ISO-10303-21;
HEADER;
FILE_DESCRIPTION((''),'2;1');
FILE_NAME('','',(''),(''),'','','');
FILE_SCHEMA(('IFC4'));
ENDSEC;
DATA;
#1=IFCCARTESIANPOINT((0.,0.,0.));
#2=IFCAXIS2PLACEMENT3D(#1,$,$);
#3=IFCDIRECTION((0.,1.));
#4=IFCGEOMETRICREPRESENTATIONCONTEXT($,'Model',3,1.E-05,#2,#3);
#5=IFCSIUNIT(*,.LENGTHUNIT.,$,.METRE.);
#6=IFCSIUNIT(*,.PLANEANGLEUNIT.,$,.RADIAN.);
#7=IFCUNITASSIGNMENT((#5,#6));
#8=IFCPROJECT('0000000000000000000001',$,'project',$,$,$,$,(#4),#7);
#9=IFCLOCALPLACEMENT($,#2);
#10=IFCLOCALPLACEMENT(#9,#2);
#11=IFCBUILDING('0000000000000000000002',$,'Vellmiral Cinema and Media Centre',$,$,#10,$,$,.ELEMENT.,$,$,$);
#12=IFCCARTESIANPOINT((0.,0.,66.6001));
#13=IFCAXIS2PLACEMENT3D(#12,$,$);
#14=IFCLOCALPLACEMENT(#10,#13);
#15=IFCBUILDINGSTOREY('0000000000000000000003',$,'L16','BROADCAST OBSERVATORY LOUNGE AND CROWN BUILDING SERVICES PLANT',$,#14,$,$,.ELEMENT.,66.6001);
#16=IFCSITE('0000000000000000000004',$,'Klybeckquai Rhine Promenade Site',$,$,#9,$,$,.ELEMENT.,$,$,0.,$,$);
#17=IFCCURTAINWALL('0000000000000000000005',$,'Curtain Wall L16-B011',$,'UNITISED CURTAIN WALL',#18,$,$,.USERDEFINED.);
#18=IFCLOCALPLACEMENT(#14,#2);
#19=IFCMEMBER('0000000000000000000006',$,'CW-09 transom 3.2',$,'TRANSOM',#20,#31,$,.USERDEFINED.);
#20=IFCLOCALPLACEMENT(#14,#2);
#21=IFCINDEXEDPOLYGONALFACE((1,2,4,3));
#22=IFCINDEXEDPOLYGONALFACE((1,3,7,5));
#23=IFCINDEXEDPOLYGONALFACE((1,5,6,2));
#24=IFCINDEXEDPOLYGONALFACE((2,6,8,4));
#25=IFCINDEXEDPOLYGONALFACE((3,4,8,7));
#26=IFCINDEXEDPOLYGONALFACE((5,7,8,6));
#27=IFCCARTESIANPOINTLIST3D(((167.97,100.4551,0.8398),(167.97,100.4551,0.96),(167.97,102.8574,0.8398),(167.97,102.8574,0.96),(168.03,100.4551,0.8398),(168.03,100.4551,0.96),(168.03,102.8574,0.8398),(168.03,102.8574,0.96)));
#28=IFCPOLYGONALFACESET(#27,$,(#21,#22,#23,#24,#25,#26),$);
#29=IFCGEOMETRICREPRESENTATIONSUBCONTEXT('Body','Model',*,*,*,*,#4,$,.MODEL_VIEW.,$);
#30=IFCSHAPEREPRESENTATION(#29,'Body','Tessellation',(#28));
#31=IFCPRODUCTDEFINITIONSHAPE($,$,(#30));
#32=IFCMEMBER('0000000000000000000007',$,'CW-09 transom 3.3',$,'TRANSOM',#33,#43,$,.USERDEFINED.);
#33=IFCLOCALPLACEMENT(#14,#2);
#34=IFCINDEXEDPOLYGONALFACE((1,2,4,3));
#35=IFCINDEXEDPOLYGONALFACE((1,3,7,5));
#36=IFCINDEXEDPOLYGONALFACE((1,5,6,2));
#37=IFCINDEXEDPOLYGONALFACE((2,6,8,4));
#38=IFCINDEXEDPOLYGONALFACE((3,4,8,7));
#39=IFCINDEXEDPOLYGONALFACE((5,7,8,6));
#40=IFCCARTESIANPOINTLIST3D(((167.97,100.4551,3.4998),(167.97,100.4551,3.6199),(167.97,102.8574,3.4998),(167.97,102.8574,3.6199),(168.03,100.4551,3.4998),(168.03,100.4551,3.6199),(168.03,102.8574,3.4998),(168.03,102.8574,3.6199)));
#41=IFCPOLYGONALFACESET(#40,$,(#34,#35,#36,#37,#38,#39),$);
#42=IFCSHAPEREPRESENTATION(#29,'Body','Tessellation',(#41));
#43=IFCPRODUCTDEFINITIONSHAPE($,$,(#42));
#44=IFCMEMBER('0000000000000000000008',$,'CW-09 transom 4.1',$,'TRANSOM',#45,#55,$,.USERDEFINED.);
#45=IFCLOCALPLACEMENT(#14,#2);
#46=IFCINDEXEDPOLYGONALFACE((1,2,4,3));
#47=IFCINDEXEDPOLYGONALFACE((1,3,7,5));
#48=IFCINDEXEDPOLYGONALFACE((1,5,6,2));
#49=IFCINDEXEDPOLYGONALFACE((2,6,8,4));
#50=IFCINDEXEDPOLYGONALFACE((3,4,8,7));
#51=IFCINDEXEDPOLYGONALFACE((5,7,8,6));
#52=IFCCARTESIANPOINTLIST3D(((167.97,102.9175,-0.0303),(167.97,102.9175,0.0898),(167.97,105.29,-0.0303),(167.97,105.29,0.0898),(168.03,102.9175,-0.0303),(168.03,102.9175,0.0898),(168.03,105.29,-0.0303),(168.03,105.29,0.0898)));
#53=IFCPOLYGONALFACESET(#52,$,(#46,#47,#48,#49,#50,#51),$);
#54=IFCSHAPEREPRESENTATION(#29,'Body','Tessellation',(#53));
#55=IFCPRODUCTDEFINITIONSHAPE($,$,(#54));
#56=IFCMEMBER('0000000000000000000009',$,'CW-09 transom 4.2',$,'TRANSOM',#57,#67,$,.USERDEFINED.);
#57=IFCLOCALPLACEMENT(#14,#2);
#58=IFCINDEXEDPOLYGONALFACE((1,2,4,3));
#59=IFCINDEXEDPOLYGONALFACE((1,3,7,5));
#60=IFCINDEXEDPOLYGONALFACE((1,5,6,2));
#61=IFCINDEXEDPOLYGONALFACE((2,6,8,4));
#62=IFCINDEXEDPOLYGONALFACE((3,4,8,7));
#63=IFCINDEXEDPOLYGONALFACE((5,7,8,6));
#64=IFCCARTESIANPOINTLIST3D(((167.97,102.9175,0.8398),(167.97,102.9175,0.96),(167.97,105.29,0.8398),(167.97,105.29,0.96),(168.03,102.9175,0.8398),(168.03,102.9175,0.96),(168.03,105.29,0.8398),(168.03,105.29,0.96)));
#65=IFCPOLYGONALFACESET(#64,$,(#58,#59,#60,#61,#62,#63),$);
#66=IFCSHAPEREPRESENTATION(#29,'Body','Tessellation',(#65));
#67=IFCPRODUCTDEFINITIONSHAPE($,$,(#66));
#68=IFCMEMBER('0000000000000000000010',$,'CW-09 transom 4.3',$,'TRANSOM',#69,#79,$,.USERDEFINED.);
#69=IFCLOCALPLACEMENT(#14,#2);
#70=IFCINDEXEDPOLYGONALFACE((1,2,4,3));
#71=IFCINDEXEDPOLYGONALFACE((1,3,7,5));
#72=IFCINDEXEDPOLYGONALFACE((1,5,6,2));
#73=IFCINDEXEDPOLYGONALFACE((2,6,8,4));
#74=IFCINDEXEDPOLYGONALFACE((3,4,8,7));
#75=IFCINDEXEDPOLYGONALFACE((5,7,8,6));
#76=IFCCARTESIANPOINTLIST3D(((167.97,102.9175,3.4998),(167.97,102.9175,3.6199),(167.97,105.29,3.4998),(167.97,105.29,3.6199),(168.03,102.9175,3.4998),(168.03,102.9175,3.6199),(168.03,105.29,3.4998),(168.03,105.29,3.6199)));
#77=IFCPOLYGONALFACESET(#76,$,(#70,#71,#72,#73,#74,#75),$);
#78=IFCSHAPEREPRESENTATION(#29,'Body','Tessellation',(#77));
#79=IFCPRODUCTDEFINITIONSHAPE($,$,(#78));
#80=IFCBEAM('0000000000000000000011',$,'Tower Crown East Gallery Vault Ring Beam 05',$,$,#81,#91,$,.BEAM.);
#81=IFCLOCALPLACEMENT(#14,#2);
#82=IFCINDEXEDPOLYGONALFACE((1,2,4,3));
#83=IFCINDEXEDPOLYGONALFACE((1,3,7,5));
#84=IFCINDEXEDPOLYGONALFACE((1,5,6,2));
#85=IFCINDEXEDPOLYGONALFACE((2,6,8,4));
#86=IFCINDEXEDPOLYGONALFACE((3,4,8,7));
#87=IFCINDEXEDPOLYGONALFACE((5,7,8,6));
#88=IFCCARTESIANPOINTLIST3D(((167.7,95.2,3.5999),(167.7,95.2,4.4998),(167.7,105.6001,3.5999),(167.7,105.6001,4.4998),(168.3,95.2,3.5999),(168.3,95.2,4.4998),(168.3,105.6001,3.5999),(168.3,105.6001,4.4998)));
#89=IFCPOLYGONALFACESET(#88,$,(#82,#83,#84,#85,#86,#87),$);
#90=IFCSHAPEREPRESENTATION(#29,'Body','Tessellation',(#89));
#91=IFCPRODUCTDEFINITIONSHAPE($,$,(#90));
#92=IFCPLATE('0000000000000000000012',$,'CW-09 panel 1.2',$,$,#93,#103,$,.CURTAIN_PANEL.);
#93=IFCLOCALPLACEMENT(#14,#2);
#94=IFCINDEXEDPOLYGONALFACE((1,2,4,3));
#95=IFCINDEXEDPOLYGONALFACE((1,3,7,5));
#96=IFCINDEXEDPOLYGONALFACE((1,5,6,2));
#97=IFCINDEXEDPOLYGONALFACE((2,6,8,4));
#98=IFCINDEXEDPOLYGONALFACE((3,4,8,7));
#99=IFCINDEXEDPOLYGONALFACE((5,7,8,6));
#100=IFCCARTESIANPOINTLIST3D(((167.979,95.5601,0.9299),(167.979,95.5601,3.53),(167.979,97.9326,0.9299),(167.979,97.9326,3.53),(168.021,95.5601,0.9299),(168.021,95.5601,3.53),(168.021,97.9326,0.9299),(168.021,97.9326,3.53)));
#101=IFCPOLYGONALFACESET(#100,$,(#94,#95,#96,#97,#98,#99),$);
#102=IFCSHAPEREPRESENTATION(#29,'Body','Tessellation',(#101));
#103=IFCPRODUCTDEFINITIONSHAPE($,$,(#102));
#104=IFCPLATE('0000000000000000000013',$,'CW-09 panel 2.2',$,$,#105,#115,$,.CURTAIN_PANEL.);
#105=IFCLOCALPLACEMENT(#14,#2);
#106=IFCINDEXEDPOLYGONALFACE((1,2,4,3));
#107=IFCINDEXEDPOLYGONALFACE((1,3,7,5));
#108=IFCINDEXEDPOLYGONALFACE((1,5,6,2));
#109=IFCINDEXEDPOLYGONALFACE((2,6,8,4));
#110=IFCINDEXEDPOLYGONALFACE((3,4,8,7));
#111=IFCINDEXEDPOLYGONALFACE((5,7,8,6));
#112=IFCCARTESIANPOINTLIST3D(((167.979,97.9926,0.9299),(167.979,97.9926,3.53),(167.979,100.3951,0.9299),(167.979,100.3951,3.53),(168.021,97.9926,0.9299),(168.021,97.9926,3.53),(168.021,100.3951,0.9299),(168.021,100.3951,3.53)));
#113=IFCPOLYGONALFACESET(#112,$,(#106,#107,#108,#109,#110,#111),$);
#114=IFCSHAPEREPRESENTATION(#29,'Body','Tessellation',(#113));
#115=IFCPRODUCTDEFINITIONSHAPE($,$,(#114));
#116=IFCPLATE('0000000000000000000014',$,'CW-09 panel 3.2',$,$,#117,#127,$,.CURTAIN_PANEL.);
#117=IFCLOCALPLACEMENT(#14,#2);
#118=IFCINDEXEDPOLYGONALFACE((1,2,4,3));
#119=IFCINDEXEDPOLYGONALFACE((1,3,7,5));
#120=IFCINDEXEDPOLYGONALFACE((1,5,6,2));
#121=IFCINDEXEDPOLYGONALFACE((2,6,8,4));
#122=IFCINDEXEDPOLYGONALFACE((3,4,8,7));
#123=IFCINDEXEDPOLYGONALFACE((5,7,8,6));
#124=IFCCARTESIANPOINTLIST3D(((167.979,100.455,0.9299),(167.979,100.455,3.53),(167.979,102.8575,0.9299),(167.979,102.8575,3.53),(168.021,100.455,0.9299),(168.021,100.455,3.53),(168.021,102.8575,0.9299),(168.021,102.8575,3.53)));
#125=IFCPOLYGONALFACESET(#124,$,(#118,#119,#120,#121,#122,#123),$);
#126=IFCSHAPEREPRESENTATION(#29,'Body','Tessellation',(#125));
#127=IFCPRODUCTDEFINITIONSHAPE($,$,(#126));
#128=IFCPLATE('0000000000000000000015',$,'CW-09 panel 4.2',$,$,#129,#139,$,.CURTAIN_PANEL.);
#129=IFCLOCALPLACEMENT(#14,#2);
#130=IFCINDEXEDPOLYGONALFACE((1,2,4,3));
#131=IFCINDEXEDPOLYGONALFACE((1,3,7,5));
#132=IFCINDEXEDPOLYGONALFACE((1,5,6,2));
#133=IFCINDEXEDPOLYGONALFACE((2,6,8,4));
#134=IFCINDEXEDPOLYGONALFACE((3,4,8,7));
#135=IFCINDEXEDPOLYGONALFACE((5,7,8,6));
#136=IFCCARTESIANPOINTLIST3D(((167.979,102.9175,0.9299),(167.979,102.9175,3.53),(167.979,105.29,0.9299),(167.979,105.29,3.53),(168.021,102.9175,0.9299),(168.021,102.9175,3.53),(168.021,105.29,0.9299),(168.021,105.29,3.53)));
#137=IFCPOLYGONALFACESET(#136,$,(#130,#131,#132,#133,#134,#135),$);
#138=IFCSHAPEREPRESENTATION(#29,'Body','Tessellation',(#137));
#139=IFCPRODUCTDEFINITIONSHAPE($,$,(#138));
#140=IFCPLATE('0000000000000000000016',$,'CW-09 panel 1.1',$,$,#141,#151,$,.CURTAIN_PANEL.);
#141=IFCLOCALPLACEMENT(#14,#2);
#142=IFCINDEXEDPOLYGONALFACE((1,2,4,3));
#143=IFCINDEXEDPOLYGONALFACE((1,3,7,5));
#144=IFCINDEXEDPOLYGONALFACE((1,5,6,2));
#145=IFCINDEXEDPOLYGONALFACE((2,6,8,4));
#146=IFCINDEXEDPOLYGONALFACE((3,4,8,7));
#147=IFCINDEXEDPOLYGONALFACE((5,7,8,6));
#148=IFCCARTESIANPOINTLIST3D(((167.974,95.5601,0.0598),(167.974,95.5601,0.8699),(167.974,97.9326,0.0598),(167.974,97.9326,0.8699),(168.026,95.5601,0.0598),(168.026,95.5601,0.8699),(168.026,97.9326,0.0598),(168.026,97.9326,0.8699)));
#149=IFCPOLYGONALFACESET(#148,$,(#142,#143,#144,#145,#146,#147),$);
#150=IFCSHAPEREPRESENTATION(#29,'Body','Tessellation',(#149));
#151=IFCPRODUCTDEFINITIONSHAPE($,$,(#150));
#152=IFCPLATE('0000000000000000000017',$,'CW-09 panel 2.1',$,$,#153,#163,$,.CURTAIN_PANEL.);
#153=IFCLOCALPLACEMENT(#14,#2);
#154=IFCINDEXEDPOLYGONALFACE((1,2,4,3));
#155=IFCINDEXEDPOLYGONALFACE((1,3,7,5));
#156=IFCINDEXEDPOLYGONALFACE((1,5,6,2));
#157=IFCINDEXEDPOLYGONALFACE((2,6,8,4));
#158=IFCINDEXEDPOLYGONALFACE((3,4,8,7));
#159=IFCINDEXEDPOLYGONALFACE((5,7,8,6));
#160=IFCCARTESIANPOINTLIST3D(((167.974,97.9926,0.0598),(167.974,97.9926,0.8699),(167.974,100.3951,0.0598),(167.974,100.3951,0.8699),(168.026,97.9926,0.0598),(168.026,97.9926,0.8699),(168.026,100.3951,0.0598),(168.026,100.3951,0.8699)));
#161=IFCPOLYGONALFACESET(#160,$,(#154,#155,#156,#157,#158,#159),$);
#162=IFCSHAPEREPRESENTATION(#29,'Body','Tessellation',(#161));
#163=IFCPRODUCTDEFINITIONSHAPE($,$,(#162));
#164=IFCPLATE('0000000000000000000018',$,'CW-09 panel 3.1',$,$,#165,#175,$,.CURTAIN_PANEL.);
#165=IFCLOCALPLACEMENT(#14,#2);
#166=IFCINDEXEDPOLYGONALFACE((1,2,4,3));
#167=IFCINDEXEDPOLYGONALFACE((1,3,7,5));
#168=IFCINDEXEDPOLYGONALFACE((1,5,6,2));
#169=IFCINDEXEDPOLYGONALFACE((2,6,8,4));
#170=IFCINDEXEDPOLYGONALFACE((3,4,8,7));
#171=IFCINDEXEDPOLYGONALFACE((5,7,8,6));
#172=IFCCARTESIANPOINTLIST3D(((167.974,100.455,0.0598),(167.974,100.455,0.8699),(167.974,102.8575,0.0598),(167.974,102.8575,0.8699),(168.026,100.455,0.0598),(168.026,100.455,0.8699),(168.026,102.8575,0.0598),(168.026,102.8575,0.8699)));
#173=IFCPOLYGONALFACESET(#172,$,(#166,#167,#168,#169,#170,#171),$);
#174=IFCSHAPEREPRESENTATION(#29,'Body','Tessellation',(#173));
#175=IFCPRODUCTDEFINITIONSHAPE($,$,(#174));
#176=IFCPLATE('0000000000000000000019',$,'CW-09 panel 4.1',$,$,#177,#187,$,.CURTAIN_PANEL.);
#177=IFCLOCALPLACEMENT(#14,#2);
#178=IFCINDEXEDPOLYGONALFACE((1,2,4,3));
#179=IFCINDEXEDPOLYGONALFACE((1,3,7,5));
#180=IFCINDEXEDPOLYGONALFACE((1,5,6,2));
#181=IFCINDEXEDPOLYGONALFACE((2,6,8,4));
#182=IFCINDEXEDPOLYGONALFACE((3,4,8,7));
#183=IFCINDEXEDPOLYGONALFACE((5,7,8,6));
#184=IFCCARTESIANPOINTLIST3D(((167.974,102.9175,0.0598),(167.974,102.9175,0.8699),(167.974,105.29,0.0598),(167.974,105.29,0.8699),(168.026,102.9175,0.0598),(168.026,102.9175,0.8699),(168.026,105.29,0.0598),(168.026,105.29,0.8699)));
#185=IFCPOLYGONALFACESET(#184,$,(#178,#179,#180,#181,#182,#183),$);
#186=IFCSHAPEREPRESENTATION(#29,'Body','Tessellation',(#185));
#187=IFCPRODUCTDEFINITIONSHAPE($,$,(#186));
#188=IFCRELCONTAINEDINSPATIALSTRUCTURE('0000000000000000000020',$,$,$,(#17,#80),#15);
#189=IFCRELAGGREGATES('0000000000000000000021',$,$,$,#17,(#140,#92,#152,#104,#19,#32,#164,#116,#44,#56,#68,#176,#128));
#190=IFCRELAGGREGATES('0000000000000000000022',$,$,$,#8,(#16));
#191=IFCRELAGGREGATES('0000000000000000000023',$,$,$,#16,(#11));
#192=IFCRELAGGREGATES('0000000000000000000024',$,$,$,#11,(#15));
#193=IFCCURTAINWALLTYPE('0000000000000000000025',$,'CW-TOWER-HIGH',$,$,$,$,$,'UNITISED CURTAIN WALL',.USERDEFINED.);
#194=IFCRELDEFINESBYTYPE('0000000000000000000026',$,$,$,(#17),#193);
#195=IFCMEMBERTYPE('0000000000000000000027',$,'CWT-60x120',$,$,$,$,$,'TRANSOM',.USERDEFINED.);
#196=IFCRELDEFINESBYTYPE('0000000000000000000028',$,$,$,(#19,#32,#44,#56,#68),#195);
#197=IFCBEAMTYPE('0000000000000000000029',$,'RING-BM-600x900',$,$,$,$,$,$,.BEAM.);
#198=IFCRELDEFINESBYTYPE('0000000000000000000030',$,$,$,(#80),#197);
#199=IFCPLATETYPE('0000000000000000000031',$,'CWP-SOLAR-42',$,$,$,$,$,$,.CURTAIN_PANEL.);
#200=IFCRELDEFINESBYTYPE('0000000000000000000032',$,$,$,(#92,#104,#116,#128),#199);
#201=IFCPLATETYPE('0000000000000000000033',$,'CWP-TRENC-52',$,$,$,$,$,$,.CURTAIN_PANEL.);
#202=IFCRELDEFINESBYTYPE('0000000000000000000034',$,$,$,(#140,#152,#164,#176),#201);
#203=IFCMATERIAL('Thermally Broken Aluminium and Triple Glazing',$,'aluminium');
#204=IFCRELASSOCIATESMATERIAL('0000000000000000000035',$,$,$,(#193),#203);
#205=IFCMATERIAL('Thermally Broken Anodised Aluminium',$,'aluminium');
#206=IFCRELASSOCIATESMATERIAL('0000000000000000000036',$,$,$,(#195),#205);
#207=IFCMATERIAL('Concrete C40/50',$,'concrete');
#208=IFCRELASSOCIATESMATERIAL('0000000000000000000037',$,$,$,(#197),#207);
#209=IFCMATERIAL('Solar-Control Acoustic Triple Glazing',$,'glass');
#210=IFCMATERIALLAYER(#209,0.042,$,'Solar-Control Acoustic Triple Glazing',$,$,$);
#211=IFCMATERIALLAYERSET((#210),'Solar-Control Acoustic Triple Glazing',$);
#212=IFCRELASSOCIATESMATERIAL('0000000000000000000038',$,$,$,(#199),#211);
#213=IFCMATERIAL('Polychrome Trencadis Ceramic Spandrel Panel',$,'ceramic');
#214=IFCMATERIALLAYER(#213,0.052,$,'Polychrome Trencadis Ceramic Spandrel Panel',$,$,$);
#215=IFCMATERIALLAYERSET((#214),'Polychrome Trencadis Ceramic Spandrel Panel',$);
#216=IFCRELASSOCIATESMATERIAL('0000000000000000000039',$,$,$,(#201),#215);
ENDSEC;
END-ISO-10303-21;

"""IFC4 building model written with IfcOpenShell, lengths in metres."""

from ifc_helpers import new_model, si_unit, direction, frame, origin, origin_2d, place, context, subcontext, project, spatial, rectangle, extrude, material, layer, layer_set, material_profile, profile_set, type_object, element, aggregate, save


model = new_model("IFC4")

# Units and contexts
model_context = context("Model", 3, precision=1e-05, world=origin(), true_north=direction((0.0, 1.0)))
body_context = subcontext(model_context, "Body", "Model", "MODEL_VIEW")
ifc_project = project(units=[si_unit("LENGTHUNIT", "METRE"), si_unit("PLANEANGLEUNIT", "RADIAN")], contexts=[model_context])

# Site, building, storey
site_placement = place(None, origin())
site = spatial("IfcSite", under=ifc_project, at=site_placement, Name="Klybeckquai Rhine Promenade Site", CompositionType="ELEMENT", RefElevation=0.0)
building_placement = place(site_placement, origin())
building = spatial("IfcBuilding", under=site, at=building_placement, Name="Vellmiral Cinema and Media Centre", CompositionType="ELEMENT")
storey_placement = place(building_placement, frame((0.0, 0.0, 66.6001)))
storey = spatial("IfcBuildingStorey", under=building, at=storey_placement, Name="L16", Description="BROADCAST OBSERVATORY LOUNGE AND CROWN BUILDING SERVICES PLANT", CompositionType="ELEMENT", Elevation=66.6001)

# Curtain wall, members
ifc_material_1 = material(Name="Thermally Broken Aluminium and Triple Glazing", Category="aluminium")
curtain_wall_type = type_object("IfcCurtainWallType", Name="CW-TOWER-HIGH", ElementType="UNITISED CURTAIN WALL", PredefinedType="USERDEFINED", material=ifc_material_1)
curtain_wall_placement = place(storey_placement, origin())
curtain_wall = element("IfcCurtainWall", 1, at=curtain_wall_placement, inside=storey, type_object=curtain_wall_type, Name="Curtain Wall L16-B011", ObjectType="UNITISED CURTAIN WALL", PredefinedType="USERDEFINED")
ifc_material_2 = material(Name="Thermally Broken Anodised Aluminium", Category="aluminium")
ifc_material_profile_1 = material_profile(ifc_material_2, rectangle(XDim=0.0601, YDim=0.1201, at=origin_2d()), Name="MULL 60x120")
ifc_profile_set_1 = profile_set([ifc_material_profile_1], Name="Thermally Broken Anodised Aluminium")
member_type_1 = type_object("IfcMemberType", Name="CWT-60x120", ElementType="TRANSOM", PredefinedType="USERDEFINED", material=ifc_profile_set_1)
member_1_placement = place(storey_placement, frame((168.0, 100.4551, 0.8999), z_axis=(0.0, 1.0, 0.0), x_axis=(-1.0, 0.0, 0.0)))
member_1 = element("IfcMember", 2, at=member_1_placement, type_object=member_type_1, Name="CW-09 transom 3.2", ObjectType="TRANSOM", PredefinedType="USERDEFINED", context=body_context, shape_type="SweptSolid", body=[
    extrude(rectangle(XDim=0.0601, YDim=0.1201, at=origin_2d()), origin(), (0.0, 0.0, 1.0), 2.4023),
])
member_2_placement = place(storey_placement, frame((168.0, 100.4551, 3.5598), z_axis=(0.0, 1.0, 0.0), x_axis=(-1.0, 0.0, 0.0)))
member_2 = element("IfcMember", 3, at=member_2_placement, type_object=member_type_1, Name="CW-09 transom 3.3", ObjectType="TRANSOM", PredefinedType="USERDEFINED", context=body_context, shape_type="SweptSolid", body=[
    extrude(rectangle(XDim=0.0601, YDim=0.1201, at=origin_2d()), origin(), (0.0, 0.0, 1.0), 2.4023),
])
member_3_placement = place(storey_placement, frame((168.0, 102.9175, 0.0298), z_axis=(0.0, 1.0, 0.0), x_axis=(-1.0, 0.0, 0.0)))
member_3 = element("IfcMember", 4, at=member_3_placement, type_object=member_type_1, Name="CW-09 transom 4.1", ObjectType="TRANSOM", PredefinedType="USERDEFINED", context=body_context, shape_type="SweptSolid", body=[
    extrude(rectangle(XDim=0.0601, YDim=0.1201, at=origin_2d()), origin(), (0.0, 0.0, 1.0), 2.3726),
])
member_4_placement = place(storey_placement, frame((168.0, 102.9175, 0.8999), z_axis=(0.0, 1.0, 0.0), x_axis=(-1.0, 0.0, 0.0)))
member_4 = element("IfcMember", 5, at=member_4_placement, type_object=member_type_1, Name="CW-09 transom 4.2", ObjectType="TRANSOM", PredefinedType="USERDEFINED", context=body_context, shape_type="SweptSolid", body=[
    extrude(rectangle(XDim=0.0601, YDim=0.1201, at=origin_2d()), origin(), (0.0, 0.0, 1.0), 2.3726),
])
member_5_placement = place(storey_placement, frame((168.0, 102.9175, 3.5598), z_axis=(0.0, 1.0, 0.0), x_axis=(-1.0, 0.0, 0.0)))
member_5 = element("IfcMember", 6, at=member_5_placement, type_object=member_type_1, Name="CW-09 transom 4.3", ObjectType="TRANSOM", PredefinedType="USERDEFINED", context=body_context, shape_type="SweptSolid", body=[
    extrude(rectangle(XDim=0.0601, YDim=0.1201, at=origin_2d()), origin(), (0.0, 0.0, 1.0), 2.3726),
])

# Beam
ifc_material_3 = material(Name="Concrete C40/50", Category="concrete")
ifc_material_profile_2 = material_profile(ifc_material_3, rectangle(XDim=0.6001, YDim=0.8999, at=origin_2d()), Name="RC 600x900")
ifc_profile_set_2 = profile_set([ifc_material_profile_2], Name="Concrete C40/50")
beam_type = type_object("IfcBeamType", Name="RING-BM-600x900", PredefinedType="BEAM", material=ifc_profile_set_2)
beam_placement = place(storey_placement, frame((168.0, 95.2, 4.0498), z_axis=(0.0, 1.0, 0.0), x_axis=(-1.0, 0.0, 0.0)))
element("IfcBeam", 7, at=beam_placement, inside=storey, type_object=beam_type, Name="Tower Crown East Gallery Vault Ring Beam 05", PredefinedType="BEAM", context=body_context, shape_type="SweptSolid", body=[
    extrude(rectangle(XDim=0.6001, YDim=0.8999, at=origin_2d()), origin(), (0.0, 0.0, 1.0), 10.4001),
])

# Plates
ifc_material_4 = material(Name="Solar-Control Acoustic Triple Glazing", Category="glass")
ifc_layer_1 = layer(ifc_material_4, 0.042, Name="Solar-Control Acoustic Triple Glazing")
ifc_layer_set_1 = layer_set([ifc_layer_1], Name="Solar-Control Acoustic Triple Glazing")
plate_type_1 = type_object("IfcPlateType", Name="CWP-SOLAR-42", PredefinedType="CURTAIN_PANEL", material=ifc_layer_set_1)
plate_1_placement = place(storey_placement, frame((168.0, 96.7463, 0.9299), z_axis=(0.0, 0.0, 1.0), x_axis=(0.0, 1.0, 0.0)))
plate_1 = element("IfcPlate", 8, at=plate_1_placement, type_object=plate_type_1, Name="CW-09 panel 1.2", PredefinedType="CURTAIN_PANEL", context=body_context, shape_type="SweptSolid", body=[
    extrude(rectangle(XDim=2.3726, YDim=0.042, at=origin_2d()), origin(), (0.0, 0.0, 1.0), 2.6001),
])
plate_2_placement = place(storey_placement, frame((168.0, 99.1938, 0.9299), z_axis=(0.0, 0.0, 1.0), x_axis=(0.0, 1.0, 0.0)))
plate_2 = element("IfcPlate", 9, at=plate_2_placement, type_object=plate_type_1, Name="CW-09 panel 2.2", PredefinedType="CURTAIN_PANEL", context=body_context, shape_type="SweptSolid", body=[
    extrude(rectangle(XDim=2.4026, YDim=0.042, at=origin_2d()), origin(), (0.0, 0.0, 1.0), 2.6001),
])
plate_3_placement = place(storey_placement, frame((168.0, 101.6562, 0.9299), z_axis=(0.0, 0.0, 1.0), x_axis=(0.0, 1.0, 0.0)))
plate_3 = element("IfcPlate", 10, at=plate_3_placement, type_object=plate_type_1, Name="CW-09 panel 3.2", PredefinedType="CURTAIN_PANEL", context=body_context, shape_type="SweptSolid", body=[
    extrude(rectangle(XDim=2.4026, YDim=0.042, at=origin_2d()), origin(), (0.0, 0.0, 1.0), 2.6001),
])
plate_4_placement = place(storey_placement, frame((168.0, 104.1038, 0.9299), z_axis=(0.0, 0.0, 1.0), x_axis=(0.0, 1.0, 0.0)))
plate_4 = element("IfcPlate", 11, at=plate_4_placement, type_object=plate_type_1, Name="CW-09 panel 4.2", PredefinedType="CURTAIN_PANEL", context=body_context, shape_type="SweptSolid", body=[
    extrude(rectangle(XDim=2.3726, YDim=0.042, at=origin_2d()), origin(), (0.0, 0.0, 1.0), 2.6001),
])
ifc_material_5 = material(Name="Polychrome Trencadis Ceramic Spandrel Panel", Category="ceramic")
ifc_layer_2 = layer(ifc_material_5, 0.052, Name="Polychrome Trencadis Ceramic Spandrel Panel")
ifc_layer_set_2 = layer_set([ifc_layer_2], Name="Polychrome Trencadis Ceramic Spandrel Panel")
plate_type_2 = type_object("IfcPlateType", Name="CWP-TRENC-52", PredefinedType="CURTAIN_PANEL", material=ifc_layer_set_2)
plate_5_placement = place(storey_placement, frame((168.0, 96.7463, 0.0598), z_axis=(0.0, 0.0, 1.0), x_axis=(0.0, 1.0, 0.0)))
plate_5 = element("IfcPlate", 12, at=plate_5_placement, type_object=plate_type_2, Name="CW-09 panel 1.1", PredefinedType="CURTAIN_PANEL", context=body_context, shape_type="SweptSolid", body=[
    extrude(rectangle(XDim=2.3726, YDim=0.052, at=origin_2d()), origin(), (0.0, 0.0, 1.0), 0.8101),
])
plate_6_placement = place(storey_placement, frame((168.0, 99.1938, 0.0598), z_axis=(0.0, 0.0, 1.0), x_axis=(0.0, 1.0, 0.0)))
plate_6 = element("IfcPlate", 13, at=plate_6_placement, type_object=plate_type_2, Name="CW-09 panel 2.1", PredefinedType="CURTAIN_PANEL", context=body_context, shape_type="SweptSolid", body=[
    extrude(rectangle(XDim=2.4026, YDim=0.052, at=origin_2d()), origin(), (0.0, 0.0, 1.0), 0.8101),
])
plate_7_placement = place(storey_placement, frame((168.0, 101.6562, 0.0598), z_axis=(0.0, 0.0, 1.0), x_axis=(0.0, 1.0, 0.0)))
plate_7 = element("IfcPlate", 14, at=plate_7_placement, type_object=plate_type_2, Name="CW-09 panel 3.1", PredefinedType="CURTAIN_PANEL", context=body_context, shape_type="SweptSolid", body=[
    extrude(rectangle(XDim=2.4026, YDim=0.052, at=origin_2d()), origin(), (0.0, 0.0, 1.0), 0.8101),
])
plate_8_placement = place(storey_placement, frame((168.0, 104.1038, 0.0598), z_axis=(0.0, 0.0, 1.0), x_axis=(0.0, 1.0, 0.0)))
plate_8 = element("IfcPlate", 15, at=plate_8_placement, type_object=plate_type_2, Name="CW-09 panel 4.1", PredefinedType="CURTAIN_PANEL", context=body_context, shape_type="SweptSolid", body=[
    extrude(rectangle(XDim=2.3726, YDim=0.052, at=origin_2d()), origin(), (0.0, 0.0, 1.0), 0.8101),
])
aggregate(curtain_wall, [plate_5, plate_1, plate_6, plate_2, member_1, member_2, plate_7, plate_3, member_3, member_4, member_5, plate_8, plate_4])

save(model, "model.ifc")
